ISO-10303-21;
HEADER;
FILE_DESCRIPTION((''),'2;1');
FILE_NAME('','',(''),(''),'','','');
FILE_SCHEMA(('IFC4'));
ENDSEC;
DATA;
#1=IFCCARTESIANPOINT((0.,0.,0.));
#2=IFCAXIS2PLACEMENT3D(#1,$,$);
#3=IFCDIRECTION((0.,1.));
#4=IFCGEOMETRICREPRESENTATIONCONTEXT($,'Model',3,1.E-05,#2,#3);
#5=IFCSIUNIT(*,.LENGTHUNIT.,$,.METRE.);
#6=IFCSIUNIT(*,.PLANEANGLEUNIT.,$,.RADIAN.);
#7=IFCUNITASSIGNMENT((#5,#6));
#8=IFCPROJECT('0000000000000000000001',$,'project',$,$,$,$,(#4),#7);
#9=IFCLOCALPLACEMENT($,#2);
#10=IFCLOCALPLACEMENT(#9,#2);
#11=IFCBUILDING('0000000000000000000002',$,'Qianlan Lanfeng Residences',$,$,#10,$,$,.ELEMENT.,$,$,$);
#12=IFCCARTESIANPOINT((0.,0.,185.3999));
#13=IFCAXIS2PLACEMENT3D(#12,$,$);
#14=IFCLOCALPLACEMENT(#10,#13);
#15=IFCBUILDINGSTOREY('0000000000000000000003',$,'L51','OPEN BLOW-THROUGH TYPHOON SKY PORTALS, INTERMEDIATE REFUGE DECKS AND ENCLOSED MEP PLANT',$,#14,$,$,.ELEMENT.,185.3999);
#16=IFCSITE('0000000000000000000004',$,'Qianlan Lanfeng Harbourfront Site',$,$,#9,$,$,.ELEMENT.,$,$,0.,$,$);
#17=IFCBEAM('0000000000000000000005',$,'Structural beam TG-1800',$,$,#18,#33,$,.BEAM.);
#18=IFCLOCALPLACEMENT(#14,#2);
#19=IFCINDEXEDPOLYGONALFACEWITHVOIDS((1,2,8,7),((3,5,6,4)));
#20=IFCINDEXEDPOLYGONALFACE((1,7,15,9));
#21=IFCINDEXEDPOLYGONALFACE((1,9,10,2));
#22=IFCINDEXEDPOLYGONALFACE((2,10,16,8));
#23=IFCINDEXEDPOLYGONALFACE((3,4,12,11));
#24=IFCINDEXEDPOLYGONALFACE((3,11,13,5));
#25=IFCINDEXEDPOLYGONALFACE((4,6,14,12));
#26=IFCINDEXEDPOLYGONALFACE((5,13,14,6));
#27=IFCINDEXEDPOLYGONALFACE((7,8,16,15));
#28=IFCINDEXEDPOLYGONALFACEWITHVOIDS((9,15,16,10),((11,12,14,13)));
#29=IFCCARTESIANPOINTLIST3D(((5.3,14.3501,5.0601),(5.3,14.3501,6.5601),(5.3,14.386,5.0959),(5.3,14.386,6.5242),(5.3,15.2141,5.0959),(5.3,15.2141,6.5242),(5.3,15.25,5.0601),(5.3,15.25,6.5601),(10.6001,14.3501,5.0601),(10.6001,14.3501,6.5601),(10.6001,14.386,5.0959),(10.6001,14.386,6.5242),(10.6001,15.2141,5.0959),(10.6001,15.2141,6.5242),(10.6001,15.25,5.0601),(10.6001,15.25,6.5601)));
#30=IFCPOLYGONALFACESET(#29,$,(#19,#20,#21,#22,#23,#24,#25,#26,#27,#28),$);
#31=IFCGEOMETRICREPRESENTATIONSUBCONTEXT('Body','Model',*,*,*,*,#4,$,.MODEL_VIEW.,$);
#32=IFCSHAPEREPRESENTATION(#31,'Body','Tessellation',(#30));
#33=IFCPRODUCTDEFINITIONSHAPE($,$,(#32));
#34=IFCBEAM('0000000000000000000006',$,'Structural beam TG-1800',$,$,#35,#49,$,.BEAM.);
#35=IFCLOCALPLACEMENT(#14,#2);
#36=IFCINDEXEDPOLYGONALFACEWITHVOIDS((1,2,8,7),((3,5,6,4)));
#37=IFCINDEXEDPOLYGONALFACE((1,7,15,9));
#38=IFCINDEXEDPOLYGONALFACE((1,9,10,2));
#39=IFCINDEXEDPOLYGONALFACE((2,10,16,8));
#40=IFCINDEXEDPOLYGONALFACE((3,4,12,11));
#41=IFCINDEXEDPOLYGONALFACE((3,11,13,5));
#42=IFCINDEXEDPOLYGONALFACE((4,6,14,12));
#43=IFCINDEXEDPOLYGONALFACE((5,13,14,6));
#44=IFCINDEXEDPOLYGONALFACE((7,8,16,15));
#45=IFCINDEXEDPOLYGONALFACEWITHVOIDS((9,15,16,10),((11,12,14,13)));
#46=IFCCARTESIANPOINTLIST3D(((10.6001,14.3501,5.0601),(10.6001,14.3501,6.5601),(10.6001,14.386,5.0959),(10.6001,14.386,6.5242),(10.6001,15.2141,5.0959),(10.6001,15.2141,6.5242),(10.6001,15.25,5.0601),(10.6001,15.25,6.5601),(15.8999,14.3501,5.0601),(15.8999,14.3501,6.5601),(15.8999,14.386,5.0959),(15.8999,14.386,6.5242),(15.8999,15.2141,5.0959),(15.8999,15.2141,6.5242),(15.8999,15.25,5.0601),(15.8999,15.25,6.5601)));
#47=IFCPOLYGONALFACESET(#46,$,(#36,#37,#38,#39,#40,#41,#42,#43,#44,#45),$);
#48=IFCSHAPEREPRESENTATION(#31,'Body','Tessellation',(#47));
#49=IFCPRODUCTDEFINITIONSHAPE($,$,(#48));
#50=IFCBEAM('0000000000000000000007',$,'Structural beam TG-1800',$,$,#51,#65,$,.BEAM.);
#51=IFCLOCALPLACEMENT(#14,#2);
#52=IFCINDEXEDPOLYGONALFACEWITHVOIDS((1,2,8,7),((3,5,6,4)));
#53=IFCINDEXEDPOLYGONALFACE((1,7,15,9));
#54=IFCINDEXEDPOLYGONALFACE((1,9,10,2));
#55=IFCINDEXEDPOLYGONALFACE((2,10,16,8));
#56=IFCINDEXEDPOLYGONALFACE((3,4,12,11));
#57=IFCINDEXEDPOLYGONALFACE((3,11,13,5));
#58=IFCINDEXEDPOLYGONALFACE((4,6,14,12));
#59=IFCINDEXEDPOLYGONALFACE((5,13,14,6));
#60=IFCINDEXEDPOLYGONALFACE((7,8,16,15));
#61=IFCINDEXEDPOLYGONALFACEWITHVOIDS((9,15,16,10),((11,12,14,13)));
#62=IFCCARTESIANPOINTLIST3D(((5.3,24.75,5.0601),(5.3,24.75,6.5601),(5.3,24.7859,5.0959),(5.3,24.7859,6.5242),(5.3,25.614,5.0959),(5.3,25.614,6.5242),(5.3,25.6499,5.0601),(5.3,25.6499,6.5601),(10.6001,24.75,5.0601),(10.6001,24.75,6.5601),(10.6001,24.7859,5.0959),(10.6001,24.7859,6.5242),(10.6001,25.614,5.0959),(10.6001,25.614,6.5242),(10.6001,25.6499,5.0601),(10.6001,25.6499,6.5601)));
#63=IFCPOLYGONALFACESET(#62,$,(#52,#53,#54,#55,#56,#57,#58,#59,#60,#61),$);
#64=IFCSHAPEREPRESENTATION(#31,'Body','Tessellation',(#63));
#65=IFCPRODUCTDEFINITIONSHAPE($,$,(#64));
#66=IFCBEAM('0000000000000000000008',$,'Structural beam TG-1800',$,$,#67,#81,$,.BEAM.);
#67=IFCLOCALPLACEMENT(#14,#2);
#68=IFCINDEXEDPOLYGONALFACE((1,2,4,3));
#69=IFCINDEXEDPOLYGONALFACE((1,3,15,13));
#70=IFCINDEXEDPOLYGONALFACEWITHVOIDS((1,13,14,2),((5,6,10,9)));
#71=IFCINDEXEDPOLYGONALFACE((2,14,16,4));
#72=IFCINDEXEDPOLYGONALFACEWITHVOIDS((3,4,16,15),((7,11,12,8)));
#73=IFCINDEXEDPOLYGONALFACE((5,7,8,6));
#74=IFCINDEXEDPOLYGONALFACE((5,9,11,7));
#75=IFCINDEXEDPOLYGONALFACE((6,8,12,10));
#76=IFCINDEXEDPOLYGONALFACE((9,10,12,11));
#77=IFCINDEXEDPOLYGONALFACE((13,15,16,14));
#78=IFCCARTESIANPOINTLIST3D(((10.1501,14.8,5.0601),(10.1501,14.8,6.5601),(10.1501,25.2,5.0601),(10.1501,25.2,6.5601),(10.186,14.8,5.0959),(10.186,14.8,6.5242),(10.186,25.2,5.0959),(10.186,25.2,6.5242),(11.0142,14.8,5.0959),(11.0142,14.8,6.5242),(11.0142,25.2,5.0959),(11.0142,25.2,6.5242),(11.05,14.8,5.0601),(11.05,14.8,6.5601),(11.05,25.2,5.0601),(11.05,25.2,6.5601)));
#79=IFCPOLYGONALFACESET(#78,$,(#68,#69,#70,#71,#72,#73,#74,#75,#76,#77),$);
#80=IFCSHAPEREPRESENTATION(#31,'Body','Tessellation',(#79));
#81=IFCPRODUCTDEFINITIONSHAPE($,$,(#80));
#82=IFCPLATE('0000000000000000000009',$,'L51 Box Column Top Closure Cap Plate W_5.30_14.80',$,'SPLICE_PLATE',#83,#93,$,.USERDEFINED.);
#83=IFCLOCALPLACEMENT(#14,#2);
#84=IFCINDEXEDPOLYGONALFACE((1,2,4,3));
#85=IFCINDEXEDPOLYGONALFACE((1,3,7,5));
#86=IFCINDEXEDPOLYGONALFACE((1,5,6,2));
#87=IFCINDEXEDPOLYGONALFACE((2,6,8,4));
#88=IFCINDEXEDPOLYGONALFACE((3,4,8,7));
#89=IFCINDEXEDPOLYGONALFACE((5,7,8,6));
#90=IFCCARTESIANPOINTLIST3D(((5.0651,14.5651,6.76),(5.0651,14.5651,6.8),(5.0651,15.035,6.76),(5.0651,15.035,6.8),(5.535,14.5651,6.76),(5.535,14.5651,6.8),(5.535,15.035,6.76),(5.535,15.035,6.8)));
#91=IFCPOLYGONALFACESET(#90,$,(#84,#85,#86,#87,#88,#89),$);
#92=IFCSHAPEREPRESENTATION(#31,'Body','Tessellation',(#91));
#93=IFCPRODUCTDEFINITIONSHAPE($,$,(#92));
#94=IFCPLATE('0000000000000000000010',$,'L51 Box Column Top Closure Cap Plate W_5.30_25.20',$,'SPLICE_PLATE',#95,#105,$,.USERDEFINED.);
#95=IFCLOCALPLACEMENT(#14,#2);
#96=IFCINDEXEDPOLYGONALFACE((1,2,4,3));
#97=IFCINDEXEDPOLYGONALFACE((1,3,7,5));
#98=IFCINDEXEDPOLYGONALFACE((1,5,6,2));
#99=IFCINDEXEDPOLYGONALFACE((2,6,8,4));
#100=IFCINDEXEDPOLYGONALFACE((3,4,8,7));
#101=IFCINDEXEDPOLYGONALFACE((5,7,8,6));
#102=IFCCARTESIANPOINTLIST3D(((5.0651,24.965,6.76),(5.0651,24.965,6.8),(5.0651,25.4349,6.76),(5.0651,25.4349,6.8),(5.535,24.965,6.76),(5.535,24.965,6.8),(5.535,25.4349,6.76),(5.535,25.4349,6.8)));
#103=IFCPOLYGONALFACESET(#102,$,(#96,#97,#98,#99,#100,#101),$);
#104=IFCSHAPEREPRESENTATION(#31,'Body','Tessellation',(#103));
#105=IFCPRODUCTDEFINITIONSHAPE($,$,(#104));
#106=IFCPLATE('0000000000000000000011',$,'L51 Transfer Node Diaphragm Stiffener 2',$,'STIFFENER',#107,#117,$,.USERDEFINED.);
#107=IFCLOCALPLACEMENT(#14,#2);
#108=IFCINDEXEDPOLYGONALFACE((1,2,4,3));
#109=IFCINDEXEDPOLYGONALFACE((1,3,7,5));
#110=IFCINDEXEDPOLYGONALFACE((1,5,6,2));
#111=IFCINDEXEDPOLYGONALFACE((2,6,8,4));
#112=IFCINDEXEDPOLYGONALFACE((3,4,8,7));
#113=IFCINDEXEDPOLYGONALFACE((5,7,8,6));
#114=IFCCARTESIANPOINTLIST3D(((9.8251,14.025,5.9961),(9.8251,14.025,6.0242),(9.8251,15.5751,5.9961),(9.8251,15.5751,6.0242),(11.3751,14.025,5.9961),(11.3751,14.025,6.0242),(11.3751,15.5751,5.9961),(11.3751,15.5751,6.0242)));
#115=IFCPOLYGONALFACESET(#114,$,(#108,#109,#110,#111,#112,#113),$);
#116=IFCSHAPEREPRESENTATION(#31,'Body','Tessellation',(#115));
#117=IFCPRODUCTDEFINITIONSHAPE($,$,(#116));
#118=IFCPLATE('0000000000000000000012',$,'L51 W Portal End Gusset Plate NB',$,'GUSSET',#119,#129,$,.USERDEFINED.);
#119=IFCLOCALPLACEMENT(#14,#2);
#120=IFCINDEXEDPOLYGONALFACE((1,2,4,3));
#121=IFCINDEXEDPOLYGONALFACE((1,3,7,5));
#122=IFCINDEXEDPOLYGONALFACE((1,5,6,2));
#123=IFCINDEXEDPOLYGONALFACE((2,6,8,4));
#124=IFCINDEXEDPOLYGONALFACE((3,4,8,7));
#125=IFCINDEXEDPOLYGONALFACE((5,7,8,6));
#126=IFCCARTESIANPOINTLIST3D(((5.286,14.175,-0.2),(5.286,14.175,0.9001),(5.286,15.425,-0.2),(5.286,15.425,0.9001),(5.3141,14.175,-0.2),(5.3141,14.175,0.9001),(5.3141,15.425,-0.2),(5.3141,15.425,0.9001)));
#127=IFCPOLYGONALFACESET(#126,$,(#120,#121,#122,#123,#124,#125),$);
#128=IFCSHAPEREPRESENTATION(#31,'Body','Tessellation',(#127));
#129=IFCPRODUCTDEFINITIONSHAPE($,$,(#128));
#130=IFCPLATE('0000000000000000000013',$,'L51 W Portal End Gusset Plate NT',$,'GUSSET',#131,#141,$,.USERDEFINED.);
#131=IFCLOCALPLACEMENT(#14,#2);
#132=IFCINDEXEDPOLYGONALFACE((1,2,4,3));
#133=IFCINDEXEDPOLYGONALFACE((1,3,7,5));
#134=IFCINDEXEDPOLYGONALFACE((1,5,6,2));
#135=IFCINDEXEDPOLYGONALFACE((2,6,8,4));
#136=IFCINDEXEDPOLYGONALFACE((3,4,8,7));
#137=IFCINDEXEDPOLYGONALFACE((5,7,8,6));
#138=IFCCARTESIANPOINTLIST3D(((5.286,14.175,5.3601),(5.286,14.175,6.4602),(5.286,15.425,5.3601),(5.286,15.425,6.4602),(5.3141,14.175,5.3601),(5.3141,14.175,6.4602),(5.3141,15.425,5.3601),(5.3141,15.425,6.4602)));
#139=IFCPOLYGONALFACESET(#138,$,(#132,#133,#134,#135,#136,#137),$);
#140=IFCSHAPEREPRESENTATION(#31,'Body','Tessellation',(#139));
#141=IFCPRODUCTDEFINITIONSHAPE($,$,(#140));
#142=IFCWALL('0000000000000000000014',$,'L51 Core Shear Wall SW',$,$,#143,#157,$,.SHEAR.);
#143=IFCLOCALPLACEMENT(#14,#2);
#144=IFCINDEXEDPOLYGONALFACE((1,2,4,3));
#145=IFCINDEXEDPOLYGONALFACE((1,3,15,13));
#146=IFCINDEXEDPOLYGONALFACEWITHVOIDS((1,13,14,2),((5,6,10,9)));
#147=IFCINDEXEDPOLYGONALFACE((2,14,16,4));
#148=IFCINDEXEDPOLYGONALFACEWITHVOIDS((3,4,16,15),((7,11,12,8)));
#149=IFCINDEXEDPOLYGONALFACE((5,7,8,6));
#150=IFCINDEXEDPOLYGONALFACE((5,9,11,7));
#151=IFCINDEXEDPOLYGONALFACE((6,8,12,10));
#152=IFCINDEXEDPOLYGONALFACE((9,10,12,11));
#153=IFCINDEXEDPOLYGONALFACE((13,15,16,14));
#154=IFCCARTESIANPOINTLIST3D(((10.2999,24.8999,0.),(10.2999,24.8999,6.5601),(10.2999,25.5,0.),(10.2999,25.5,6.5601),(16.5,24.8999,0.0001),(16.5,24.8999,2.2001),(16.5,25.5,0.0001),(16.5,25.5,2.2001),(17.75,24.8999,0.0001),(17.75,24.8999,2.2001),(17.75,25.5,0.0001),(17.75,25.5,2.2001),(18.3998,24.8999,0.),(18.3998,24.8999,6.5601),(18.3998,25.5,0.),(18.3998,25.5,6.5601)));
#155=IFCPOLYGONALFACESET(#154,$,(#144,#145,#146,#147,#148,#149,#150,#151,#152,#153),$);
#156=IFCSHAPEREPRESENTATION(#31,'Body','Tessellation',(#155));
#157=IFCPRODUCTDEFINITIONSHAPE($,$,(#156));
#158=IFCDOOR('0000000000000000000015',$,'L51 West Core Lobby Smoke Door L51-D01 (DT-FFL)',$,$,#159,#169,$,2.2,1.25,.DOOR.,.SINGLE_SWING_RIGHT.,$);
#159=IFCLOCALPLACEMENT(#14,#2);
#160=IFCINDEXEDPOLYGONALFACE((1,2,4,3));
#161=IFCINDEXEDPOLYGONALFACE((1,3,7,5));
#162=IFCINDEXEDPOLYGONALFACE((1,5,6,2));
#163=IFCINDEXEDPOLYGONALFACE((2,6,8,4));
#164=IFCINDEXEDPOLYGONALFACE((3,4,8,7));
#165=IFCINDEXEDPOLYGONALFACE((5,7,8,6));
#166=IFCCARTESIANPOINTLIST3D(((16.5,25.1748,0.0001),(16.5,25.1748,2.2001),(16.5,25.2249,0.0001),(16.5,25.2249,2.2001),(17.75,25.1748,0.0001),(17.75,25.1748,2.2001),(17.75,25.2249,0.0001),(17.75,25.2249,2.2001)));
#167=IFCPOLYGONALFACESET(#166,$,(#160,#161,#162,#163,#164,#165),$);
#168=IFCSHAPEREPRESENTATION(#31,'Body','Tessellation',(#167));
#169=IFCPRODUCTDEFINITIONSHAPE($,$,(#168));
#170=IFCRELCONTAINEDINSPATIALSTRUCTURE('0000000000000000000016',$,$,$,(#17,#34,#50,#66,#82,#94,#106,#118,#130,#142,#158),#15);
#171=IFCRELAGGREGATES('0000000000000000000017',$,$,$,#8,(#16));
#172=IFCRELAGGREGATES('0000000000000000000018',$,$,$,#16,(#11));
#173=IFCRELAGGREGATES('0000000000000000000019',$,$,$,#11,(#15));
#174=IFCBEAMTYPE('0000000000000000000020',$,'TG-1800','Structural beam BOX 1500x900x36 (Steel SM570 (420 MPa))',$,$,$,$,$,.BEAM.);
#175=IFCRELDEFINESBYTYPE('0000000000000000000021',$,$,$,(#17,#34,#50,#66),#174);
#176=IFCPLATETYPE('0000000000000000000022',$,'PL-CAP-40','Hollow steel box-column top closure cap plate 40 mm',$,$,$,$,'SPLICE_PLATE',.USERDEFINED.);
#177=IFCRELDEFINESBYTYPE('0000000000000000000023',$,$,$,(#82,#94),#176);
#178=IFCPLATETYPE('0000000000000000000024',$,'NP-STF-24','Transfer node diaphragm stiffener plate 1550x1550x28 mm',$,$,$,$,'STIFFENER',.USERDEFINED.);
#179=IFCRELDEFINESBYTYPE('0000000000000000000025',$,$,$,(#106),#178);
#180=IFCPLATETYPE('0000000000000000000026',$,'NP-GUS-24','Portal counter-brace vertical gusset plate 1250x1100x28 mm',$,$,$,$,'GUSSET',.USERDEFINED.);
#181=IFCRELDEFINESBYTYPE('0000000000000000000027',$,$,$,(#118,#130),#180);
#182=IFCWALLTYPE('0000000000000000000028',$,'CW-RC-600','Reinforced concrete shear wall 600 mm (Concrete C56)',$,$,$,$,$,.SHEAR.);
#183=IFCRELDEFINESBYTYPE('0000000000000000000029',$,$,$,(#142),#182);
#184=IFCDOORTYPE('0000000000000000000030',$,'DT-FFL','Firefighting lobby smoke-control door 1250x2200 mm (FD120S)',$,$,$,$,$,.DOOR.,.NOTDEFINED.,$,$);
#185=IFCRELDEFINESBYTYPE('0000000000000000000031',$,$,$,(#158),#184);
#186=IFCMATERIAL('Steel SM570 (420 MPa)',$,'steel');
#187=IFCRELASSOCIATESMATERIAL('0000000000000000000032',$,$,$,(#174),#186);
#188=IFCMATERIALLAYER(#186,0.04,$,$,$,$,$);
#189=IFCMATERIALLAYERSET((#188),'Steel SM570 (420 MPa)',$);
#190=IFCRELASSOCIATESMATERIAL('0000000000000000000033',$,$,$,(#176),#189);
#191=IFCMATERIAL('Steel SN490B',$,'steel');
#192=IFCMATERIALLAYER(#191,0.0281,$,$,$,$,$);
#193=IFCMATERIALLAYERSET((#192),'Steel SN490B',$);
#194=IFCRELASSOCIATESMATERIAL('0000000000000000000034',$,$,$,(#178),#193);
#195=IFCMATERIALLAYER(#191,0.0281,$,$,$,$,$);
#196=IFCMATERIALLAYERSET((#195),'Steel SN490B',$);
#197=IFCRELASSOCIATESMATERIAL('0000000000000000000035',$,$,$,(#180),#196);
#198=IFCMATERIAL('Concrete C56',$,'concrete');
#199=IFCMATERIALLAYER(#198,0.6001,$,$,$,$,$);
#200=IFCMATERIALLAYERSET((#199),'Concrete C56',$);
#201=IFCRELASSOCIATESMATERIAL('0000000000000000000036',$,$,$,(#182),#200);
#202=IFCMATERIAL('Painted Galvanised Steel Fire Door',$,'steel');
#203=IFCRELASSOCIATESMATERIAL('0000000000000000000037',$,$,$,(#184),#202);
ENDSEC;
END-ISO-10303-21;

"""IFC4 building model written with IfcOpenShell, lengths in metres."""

from ifc_helpers import new_model, si_unit, direction, frame, frame_2d, origin, origin_2d, place, context, subcontext, project, spatial, rectangle, hollow_rectangle, extrude, source, transform, mapped, material, layer, layer_set, material_profile, profile_set, type_object, element, fill, save


model = new_model("IFC4")

# Units and contexts
model_context = context("Model", 3, precision=1e-05, world=origin(), true_north=direction((0.0, 1.0)))
body_context = subcontext(model_context, "Body", "Model", "MODEL_VIEW")
ifc_project = project(units=[si_unit("LENGTHUNIT", "METRE"), si_unit("PLANEANGLEUNIT", "RADIAN")], contexts=[model_context])

# Site, building, storey
site_placement = place(None, origin())
site = spatial("IfcSite", under=ifc_project, at=site_placement, Name="Qianlan Lanfeng Harbourfront Site", CompositionType="ELEMENT", RefElevation=0.0)
building_placement = place(site_placement, origin())
building = spatial("IfcBuilding", under=site, at=building_placement, Name="Qianlan Lanfeng Residences", CompositionType="ELEMENT")
storey_placement = place(building_placement, frame((0.0, 0.0, 185.3999)))
storey = spatial("IfcBuildingStorey", under=building, at=storey_placement, Name="L51", Description="OPEN BLOW-THROUGH TYPHOON SKY PORTALS, INTERMEDIATE REFUGE DECKS AND ENCLOSED MEP PLANT", CompositionType="ELEMENT", Elevation=185.3999)

# Shared definitions
ifc_material_1 = material(Name="Steel SN490B", Category="steel")

# Beams
ifc_material_2 = material(Name="Steel SM570 (420 MPa)", Category="steel")
ifc_material_profile_1 = material_profile(ifc_material_2, hollow_rectangle(XDim=0.8999, YDim=1.5, WallThickness=0.0359, at=origin_2d()), Name="BOX 1500x900x36")
ifc_profile_set_1 = profile_set([ifc_material_profile_1], Name="Steel SM570 (420 MPa)")
beam_type_1 = type_object("IfcBeamType", Name="TG-1800", Description="Structural beam BOX 1500x900x36 (Steel SM570 (420 MPa))", PredefinedType="BEAM", material=ifc_profile_set_1)
beam_1_placement = place(storey_placement, frame((5.3, 14.8, 5.8101), z_axis=(1.0, 0.0, 0.0), x_axis=(0.0, 1.0, 0.0)))
element("IfcBeam", 1, at=beam_1_placement, inside=storey, type_object=beam_type_1, Name="Structural beam TG-1800", PredefinedType="BEAM", context=body_context, shape_type="SweptSolid", body=[
    extrude(hollow_rectangle(XDim=0.8999, YDim=1.5, WallThickness=0.0359, at=origin_2d()), origin(), (0.0, 0.0, 1.0), 5.3),
])
beam_2_placement = place(storey_placement, frame((10.6001, 14.8, 5.8101), z_axis=(1.0, 0.0, 0.0), x_axis=(0.0, 1.0, 0.0)))
element("IfcBeam", 2, at=beam_2_placement, inside=storey, type_object=beam_type_1, Name="Structural beam TG-1800", PredefinedType="BEAM", context=body_context, shape_type="SweptSolid", body=[
    extrude(hollow_rectangle(XDim=0.8999, YDim=1.5, WallThickness=0.0359, at=origin_2d()), origin(), (0.0, 0.0, 1.0), 5.2998),
])
beam_3_placement = place(storey_placement, frame((5.3, 25.2, 5.8101), z_axis=(1.0, 0.0, 0.0), x_axis=(0.0, 1.0, 0.0)))
element("IfcBeam", 3, at=beam_3_placement, inside=storey, type_object=beam_type_1, Name="Structural beam TG-1800", PredefinedType="BEAM", context=body_context, shape_type="SweptSolid", body=[
    extrude(hollow_rectangle(XDim=0.8999, YDim=1.5, WallThickness=0.0359, at=origin_2d()), origin(), (0.0, 0.0, 1.0), 5.3),
])
beam_4_placement = place(storey_placement, frame((10.6001, 14.8, 5.8101), z_axis=(0.0, 1.0, 0.0), x_axis=(-1.0, 0.0, 0.0)))
element("IfcBeam", 4, at=beam_4_placement, inside=storey, type_object=beam_type_1, Name="Structural beam TG-1800", PredefinedType="BEAM", context=body_context, shape_type="SweptSolid", body=[
    extrude(hollow_rectangle(XDim=0.8999, YDim=1.5, WallThickness=0.0359, at=origin_2d()), origin(), (0.0, 0.0, 1.0), 10.3999),
])

# Plates
ifc_layer_1 = layer(ifc_material_2, 0.04)
ifc_layer_set_1 = layer_set([ifc_layer_1], Name="Steel SM570 (420 MPa)")
plate_type_1 = type_object("IfcPlateType", Name="PL-CAP-40", Description="Hollow steel box-column top closure cap plate 40 mm", ElementType="SPLICE_PLATE", PredefinedType="USERDEFINED", material=ifc_layer_set_1)
shared_shape_1 = source(origin(), body_context, "Body", "SweptSolid", [
    extrude(rectangle(XDim=0.47, YDim=0.47, at=origin_2d()), origin(), (0.0, 0.0, 1.0), 0.04),
])
for number, where, z_axis, x_axis, name in (
    (5, (5.3, 14.8, 6.76), (0.0, 0.0, 1.0), (1.0, 0.0, 0.0), "L51 Box Column Top Closure Cap Plate W_5.30_14.80"),
    (6, (5.3, 25.2, 6.76), (0.0, 0.0, 1.0), (1.0, 0.0, 0.0), "L51 Box Column Top Closure Cap Plate W_5.30_25.20"),
):
    element("IfcPlate", number, at=place(storey_placement, frame(where, z_axis=z_axis, x_axis=x_axis)), inside=storey, type_object=plate_type_1, Name=name, ObjectType="SPLICE_PLATE", PredefinedType="USERDEFINED", context=body_context, shape_type="MappedRepresentation", body=[
        mapped(shared_shape_1, transform((0.0, 0.0, 0.0), scale=1.0)),
    ])
ifc_layer_2 = layer(ifc_material_1, 0.0281)
ifc_layer_set_2 = layer_set([ifc_layer_2], Name="Steel SN490B")
plate_type_2 = type_object("IfcPlateType", Name="NP-STF-24", Description="Transfer node diaphragm stiffener plate 1550x1550x28 mm", ElementType="STIFFENER", PredefinedType="USERDEFINED", material=ifc_layer_set_2)
shared_shape_2 = source(origin(), body_context, "Body", "SweptSolid", [
    extrude(rectangle(XDim=1.55, YDim=1.55, at=origin_2d()), origin(), (0.0, 0.0, 1.0), 0.0281),
])
plate_placement = place(storey_placement, frame((10.6001, 14.8, 5.9961), z_axis=(0.0, 0.0, 1.0), x_axis=(1.0, 0.0, 0.0)))
element("IfcPlate", 7, at=plate_placement, inside=storey, type_object=plate_type_2, Name="L51 Transfer Node Diaphragm Stiffener 2", ObjectType="STIFFENER", PredefinedType="USERDEFINED", context=body_context, shape_type="MappedRepresentation", body=[
    mapped(shared_shape_2, transform((0.0, 0.0, 0.0), scale=1.0)),
])
ifc_layer_3 = layer(ifc_material_1, 0.0281)
ifc_layer_set_3 = layer_set([ifc_layer_3], Name="Steel SN490B")
plate_type_3 = type_object("IfcPlateType", Name="NP-GUS-24", Description="Portal counter-brace vertical gusset plate 1250x1100x28 mm", ElementType="GUSSET", PredefinedType="USERDEFINED", material=ifc_layer_set_3)
shared_shape_3 = source(origin(), body_context, "Body", "SweptSolid", [
    extrude(rectangle(XDim=0.0281, YDim=1.25, at=origin_2d()), origin(), (0.0, 0.0, 1.0), 1.1001),
])
for number, where, z_axis, x_axis, name in (
    (8, (5.3, 14.8, -0.2), (0.0, 0.0, 1.0), (1.0, 0.0, 0.0), "L51 W Portal End Gusset Plate NB"),
    (9, (5.3, 14.8, 5.3601), (0.0, 0.0, 1.0), (1.0, 0.0, 0.0), "L51 W Portal End Gusset Plate NT"),
):
    element("IfcPlate", number, at=place(storey_placement, frame(where, z_axis=z_axis, x_axis=x_axis)), inside=storey, type_object=plate_type_3, Name=name, ObjectType="GUSSET", PredefinedType="USERDEFINED", context=body_context, shape_type="MappedRepresentation", body=[
        mapped(shared_shape_3, transform((0.0, 0.0, 0.0), scale=1.0)),
    ])

# Wall, opening, door
ifc_material_3 = material(Name="Concrete C56", Category="concrete")
ifc_layer_4 = layer(ifc_material_3, 0.6001)
ifc_layer_set_4 = layer_set([ifc_layer_4], Name="Concrete C56")
wall_type_1 = type_object("IfcWallType", Name="CW-RC-600", Description="Reinforced concrete shear wall 600 mm (Concrete C56)", PredefinedType="SHEAR", material=ifc_layer_set_4)
wall_1_placement = place(storey_placement, frame((10.3, 25.2, 0.0), z_axis=(0.0, 0.0, 1.0), x_axis=(1.0, 0.0, 0.0)))
wall_1 = element("IfcWall", 10, at=wall_1_placement, inside=storey, type_object=wall_type_1, Name="L51 Core Shear Wall SW", PredefinedType="SHEAR", context=body_context, shape_type="SweptSolid", body=[
    extrude(rectangle(XDim=8.0999, YDim=0.6001, at=frame_2d((4.0498, 0.0))), origin(), (0.0, 0.0, 1.0), 6.5601),
])
opening_1_placement = place(wall_1_placement, frame((6.2, 0.0, 0.0)))
opening_1 = element("IfcOpeningElement", 11, at=opening_1_placement, cuts=wall_1, PredefinedType="OPENING", context=body_context, shape_type="SweptSolid", body=[
    extrude(rectangle(XDim=1.25, YDim=2.2, at=frame_2d((0.625, 1.1001))), frame((0.0, 0.3101, 0.0), z_axis=(0.0, -1.0, 0.0), x_axis=(1.0, 0.0, 0.0)), (0.0, 0.0, 1.0), 0.6201),
])
ifc_material_4 = material(Name="Painted Galvanised Steel Fire Door", Category="steel")
door_type = type_object("IfcDoorType", Name="DT-FFL", Description="Firefighting lobby smoke-control door 1250x2200 mm (FD120S)", OperationType="NOTDEFINED", PredefinedType="DOOR", material=ifc_material_4)
door_1_placement = place(opening_1_placement, origin())
door_1 = element("IfcDoor", 12, at=door_1_placement, inside=storey, type_object=door_type, Name="L51 West Core Lobby Smoke Door L51-D01 (DT-FFL)", OperationType="SINGLE_SWING_RIGHT", OverallHeight=2.2, OverallWidth=1.25, PredefinedType="DOOR", context=body_context, shape_type="SweptSolid", body=[
    extrude(rectangle(XDim=1.25, YDim=2.2, at=frame_2d((0.625, 1.1001))), frame((0.0, 0.0249, 0.0), z_axis=(0.0, -1.0, 0.0), x_axis=(1.0, 0.0, 0.0)), (0.0, 0.0, 1.0), 0.05),
])
fill(opening_1, door_1)

save(model, "model.ifc")
